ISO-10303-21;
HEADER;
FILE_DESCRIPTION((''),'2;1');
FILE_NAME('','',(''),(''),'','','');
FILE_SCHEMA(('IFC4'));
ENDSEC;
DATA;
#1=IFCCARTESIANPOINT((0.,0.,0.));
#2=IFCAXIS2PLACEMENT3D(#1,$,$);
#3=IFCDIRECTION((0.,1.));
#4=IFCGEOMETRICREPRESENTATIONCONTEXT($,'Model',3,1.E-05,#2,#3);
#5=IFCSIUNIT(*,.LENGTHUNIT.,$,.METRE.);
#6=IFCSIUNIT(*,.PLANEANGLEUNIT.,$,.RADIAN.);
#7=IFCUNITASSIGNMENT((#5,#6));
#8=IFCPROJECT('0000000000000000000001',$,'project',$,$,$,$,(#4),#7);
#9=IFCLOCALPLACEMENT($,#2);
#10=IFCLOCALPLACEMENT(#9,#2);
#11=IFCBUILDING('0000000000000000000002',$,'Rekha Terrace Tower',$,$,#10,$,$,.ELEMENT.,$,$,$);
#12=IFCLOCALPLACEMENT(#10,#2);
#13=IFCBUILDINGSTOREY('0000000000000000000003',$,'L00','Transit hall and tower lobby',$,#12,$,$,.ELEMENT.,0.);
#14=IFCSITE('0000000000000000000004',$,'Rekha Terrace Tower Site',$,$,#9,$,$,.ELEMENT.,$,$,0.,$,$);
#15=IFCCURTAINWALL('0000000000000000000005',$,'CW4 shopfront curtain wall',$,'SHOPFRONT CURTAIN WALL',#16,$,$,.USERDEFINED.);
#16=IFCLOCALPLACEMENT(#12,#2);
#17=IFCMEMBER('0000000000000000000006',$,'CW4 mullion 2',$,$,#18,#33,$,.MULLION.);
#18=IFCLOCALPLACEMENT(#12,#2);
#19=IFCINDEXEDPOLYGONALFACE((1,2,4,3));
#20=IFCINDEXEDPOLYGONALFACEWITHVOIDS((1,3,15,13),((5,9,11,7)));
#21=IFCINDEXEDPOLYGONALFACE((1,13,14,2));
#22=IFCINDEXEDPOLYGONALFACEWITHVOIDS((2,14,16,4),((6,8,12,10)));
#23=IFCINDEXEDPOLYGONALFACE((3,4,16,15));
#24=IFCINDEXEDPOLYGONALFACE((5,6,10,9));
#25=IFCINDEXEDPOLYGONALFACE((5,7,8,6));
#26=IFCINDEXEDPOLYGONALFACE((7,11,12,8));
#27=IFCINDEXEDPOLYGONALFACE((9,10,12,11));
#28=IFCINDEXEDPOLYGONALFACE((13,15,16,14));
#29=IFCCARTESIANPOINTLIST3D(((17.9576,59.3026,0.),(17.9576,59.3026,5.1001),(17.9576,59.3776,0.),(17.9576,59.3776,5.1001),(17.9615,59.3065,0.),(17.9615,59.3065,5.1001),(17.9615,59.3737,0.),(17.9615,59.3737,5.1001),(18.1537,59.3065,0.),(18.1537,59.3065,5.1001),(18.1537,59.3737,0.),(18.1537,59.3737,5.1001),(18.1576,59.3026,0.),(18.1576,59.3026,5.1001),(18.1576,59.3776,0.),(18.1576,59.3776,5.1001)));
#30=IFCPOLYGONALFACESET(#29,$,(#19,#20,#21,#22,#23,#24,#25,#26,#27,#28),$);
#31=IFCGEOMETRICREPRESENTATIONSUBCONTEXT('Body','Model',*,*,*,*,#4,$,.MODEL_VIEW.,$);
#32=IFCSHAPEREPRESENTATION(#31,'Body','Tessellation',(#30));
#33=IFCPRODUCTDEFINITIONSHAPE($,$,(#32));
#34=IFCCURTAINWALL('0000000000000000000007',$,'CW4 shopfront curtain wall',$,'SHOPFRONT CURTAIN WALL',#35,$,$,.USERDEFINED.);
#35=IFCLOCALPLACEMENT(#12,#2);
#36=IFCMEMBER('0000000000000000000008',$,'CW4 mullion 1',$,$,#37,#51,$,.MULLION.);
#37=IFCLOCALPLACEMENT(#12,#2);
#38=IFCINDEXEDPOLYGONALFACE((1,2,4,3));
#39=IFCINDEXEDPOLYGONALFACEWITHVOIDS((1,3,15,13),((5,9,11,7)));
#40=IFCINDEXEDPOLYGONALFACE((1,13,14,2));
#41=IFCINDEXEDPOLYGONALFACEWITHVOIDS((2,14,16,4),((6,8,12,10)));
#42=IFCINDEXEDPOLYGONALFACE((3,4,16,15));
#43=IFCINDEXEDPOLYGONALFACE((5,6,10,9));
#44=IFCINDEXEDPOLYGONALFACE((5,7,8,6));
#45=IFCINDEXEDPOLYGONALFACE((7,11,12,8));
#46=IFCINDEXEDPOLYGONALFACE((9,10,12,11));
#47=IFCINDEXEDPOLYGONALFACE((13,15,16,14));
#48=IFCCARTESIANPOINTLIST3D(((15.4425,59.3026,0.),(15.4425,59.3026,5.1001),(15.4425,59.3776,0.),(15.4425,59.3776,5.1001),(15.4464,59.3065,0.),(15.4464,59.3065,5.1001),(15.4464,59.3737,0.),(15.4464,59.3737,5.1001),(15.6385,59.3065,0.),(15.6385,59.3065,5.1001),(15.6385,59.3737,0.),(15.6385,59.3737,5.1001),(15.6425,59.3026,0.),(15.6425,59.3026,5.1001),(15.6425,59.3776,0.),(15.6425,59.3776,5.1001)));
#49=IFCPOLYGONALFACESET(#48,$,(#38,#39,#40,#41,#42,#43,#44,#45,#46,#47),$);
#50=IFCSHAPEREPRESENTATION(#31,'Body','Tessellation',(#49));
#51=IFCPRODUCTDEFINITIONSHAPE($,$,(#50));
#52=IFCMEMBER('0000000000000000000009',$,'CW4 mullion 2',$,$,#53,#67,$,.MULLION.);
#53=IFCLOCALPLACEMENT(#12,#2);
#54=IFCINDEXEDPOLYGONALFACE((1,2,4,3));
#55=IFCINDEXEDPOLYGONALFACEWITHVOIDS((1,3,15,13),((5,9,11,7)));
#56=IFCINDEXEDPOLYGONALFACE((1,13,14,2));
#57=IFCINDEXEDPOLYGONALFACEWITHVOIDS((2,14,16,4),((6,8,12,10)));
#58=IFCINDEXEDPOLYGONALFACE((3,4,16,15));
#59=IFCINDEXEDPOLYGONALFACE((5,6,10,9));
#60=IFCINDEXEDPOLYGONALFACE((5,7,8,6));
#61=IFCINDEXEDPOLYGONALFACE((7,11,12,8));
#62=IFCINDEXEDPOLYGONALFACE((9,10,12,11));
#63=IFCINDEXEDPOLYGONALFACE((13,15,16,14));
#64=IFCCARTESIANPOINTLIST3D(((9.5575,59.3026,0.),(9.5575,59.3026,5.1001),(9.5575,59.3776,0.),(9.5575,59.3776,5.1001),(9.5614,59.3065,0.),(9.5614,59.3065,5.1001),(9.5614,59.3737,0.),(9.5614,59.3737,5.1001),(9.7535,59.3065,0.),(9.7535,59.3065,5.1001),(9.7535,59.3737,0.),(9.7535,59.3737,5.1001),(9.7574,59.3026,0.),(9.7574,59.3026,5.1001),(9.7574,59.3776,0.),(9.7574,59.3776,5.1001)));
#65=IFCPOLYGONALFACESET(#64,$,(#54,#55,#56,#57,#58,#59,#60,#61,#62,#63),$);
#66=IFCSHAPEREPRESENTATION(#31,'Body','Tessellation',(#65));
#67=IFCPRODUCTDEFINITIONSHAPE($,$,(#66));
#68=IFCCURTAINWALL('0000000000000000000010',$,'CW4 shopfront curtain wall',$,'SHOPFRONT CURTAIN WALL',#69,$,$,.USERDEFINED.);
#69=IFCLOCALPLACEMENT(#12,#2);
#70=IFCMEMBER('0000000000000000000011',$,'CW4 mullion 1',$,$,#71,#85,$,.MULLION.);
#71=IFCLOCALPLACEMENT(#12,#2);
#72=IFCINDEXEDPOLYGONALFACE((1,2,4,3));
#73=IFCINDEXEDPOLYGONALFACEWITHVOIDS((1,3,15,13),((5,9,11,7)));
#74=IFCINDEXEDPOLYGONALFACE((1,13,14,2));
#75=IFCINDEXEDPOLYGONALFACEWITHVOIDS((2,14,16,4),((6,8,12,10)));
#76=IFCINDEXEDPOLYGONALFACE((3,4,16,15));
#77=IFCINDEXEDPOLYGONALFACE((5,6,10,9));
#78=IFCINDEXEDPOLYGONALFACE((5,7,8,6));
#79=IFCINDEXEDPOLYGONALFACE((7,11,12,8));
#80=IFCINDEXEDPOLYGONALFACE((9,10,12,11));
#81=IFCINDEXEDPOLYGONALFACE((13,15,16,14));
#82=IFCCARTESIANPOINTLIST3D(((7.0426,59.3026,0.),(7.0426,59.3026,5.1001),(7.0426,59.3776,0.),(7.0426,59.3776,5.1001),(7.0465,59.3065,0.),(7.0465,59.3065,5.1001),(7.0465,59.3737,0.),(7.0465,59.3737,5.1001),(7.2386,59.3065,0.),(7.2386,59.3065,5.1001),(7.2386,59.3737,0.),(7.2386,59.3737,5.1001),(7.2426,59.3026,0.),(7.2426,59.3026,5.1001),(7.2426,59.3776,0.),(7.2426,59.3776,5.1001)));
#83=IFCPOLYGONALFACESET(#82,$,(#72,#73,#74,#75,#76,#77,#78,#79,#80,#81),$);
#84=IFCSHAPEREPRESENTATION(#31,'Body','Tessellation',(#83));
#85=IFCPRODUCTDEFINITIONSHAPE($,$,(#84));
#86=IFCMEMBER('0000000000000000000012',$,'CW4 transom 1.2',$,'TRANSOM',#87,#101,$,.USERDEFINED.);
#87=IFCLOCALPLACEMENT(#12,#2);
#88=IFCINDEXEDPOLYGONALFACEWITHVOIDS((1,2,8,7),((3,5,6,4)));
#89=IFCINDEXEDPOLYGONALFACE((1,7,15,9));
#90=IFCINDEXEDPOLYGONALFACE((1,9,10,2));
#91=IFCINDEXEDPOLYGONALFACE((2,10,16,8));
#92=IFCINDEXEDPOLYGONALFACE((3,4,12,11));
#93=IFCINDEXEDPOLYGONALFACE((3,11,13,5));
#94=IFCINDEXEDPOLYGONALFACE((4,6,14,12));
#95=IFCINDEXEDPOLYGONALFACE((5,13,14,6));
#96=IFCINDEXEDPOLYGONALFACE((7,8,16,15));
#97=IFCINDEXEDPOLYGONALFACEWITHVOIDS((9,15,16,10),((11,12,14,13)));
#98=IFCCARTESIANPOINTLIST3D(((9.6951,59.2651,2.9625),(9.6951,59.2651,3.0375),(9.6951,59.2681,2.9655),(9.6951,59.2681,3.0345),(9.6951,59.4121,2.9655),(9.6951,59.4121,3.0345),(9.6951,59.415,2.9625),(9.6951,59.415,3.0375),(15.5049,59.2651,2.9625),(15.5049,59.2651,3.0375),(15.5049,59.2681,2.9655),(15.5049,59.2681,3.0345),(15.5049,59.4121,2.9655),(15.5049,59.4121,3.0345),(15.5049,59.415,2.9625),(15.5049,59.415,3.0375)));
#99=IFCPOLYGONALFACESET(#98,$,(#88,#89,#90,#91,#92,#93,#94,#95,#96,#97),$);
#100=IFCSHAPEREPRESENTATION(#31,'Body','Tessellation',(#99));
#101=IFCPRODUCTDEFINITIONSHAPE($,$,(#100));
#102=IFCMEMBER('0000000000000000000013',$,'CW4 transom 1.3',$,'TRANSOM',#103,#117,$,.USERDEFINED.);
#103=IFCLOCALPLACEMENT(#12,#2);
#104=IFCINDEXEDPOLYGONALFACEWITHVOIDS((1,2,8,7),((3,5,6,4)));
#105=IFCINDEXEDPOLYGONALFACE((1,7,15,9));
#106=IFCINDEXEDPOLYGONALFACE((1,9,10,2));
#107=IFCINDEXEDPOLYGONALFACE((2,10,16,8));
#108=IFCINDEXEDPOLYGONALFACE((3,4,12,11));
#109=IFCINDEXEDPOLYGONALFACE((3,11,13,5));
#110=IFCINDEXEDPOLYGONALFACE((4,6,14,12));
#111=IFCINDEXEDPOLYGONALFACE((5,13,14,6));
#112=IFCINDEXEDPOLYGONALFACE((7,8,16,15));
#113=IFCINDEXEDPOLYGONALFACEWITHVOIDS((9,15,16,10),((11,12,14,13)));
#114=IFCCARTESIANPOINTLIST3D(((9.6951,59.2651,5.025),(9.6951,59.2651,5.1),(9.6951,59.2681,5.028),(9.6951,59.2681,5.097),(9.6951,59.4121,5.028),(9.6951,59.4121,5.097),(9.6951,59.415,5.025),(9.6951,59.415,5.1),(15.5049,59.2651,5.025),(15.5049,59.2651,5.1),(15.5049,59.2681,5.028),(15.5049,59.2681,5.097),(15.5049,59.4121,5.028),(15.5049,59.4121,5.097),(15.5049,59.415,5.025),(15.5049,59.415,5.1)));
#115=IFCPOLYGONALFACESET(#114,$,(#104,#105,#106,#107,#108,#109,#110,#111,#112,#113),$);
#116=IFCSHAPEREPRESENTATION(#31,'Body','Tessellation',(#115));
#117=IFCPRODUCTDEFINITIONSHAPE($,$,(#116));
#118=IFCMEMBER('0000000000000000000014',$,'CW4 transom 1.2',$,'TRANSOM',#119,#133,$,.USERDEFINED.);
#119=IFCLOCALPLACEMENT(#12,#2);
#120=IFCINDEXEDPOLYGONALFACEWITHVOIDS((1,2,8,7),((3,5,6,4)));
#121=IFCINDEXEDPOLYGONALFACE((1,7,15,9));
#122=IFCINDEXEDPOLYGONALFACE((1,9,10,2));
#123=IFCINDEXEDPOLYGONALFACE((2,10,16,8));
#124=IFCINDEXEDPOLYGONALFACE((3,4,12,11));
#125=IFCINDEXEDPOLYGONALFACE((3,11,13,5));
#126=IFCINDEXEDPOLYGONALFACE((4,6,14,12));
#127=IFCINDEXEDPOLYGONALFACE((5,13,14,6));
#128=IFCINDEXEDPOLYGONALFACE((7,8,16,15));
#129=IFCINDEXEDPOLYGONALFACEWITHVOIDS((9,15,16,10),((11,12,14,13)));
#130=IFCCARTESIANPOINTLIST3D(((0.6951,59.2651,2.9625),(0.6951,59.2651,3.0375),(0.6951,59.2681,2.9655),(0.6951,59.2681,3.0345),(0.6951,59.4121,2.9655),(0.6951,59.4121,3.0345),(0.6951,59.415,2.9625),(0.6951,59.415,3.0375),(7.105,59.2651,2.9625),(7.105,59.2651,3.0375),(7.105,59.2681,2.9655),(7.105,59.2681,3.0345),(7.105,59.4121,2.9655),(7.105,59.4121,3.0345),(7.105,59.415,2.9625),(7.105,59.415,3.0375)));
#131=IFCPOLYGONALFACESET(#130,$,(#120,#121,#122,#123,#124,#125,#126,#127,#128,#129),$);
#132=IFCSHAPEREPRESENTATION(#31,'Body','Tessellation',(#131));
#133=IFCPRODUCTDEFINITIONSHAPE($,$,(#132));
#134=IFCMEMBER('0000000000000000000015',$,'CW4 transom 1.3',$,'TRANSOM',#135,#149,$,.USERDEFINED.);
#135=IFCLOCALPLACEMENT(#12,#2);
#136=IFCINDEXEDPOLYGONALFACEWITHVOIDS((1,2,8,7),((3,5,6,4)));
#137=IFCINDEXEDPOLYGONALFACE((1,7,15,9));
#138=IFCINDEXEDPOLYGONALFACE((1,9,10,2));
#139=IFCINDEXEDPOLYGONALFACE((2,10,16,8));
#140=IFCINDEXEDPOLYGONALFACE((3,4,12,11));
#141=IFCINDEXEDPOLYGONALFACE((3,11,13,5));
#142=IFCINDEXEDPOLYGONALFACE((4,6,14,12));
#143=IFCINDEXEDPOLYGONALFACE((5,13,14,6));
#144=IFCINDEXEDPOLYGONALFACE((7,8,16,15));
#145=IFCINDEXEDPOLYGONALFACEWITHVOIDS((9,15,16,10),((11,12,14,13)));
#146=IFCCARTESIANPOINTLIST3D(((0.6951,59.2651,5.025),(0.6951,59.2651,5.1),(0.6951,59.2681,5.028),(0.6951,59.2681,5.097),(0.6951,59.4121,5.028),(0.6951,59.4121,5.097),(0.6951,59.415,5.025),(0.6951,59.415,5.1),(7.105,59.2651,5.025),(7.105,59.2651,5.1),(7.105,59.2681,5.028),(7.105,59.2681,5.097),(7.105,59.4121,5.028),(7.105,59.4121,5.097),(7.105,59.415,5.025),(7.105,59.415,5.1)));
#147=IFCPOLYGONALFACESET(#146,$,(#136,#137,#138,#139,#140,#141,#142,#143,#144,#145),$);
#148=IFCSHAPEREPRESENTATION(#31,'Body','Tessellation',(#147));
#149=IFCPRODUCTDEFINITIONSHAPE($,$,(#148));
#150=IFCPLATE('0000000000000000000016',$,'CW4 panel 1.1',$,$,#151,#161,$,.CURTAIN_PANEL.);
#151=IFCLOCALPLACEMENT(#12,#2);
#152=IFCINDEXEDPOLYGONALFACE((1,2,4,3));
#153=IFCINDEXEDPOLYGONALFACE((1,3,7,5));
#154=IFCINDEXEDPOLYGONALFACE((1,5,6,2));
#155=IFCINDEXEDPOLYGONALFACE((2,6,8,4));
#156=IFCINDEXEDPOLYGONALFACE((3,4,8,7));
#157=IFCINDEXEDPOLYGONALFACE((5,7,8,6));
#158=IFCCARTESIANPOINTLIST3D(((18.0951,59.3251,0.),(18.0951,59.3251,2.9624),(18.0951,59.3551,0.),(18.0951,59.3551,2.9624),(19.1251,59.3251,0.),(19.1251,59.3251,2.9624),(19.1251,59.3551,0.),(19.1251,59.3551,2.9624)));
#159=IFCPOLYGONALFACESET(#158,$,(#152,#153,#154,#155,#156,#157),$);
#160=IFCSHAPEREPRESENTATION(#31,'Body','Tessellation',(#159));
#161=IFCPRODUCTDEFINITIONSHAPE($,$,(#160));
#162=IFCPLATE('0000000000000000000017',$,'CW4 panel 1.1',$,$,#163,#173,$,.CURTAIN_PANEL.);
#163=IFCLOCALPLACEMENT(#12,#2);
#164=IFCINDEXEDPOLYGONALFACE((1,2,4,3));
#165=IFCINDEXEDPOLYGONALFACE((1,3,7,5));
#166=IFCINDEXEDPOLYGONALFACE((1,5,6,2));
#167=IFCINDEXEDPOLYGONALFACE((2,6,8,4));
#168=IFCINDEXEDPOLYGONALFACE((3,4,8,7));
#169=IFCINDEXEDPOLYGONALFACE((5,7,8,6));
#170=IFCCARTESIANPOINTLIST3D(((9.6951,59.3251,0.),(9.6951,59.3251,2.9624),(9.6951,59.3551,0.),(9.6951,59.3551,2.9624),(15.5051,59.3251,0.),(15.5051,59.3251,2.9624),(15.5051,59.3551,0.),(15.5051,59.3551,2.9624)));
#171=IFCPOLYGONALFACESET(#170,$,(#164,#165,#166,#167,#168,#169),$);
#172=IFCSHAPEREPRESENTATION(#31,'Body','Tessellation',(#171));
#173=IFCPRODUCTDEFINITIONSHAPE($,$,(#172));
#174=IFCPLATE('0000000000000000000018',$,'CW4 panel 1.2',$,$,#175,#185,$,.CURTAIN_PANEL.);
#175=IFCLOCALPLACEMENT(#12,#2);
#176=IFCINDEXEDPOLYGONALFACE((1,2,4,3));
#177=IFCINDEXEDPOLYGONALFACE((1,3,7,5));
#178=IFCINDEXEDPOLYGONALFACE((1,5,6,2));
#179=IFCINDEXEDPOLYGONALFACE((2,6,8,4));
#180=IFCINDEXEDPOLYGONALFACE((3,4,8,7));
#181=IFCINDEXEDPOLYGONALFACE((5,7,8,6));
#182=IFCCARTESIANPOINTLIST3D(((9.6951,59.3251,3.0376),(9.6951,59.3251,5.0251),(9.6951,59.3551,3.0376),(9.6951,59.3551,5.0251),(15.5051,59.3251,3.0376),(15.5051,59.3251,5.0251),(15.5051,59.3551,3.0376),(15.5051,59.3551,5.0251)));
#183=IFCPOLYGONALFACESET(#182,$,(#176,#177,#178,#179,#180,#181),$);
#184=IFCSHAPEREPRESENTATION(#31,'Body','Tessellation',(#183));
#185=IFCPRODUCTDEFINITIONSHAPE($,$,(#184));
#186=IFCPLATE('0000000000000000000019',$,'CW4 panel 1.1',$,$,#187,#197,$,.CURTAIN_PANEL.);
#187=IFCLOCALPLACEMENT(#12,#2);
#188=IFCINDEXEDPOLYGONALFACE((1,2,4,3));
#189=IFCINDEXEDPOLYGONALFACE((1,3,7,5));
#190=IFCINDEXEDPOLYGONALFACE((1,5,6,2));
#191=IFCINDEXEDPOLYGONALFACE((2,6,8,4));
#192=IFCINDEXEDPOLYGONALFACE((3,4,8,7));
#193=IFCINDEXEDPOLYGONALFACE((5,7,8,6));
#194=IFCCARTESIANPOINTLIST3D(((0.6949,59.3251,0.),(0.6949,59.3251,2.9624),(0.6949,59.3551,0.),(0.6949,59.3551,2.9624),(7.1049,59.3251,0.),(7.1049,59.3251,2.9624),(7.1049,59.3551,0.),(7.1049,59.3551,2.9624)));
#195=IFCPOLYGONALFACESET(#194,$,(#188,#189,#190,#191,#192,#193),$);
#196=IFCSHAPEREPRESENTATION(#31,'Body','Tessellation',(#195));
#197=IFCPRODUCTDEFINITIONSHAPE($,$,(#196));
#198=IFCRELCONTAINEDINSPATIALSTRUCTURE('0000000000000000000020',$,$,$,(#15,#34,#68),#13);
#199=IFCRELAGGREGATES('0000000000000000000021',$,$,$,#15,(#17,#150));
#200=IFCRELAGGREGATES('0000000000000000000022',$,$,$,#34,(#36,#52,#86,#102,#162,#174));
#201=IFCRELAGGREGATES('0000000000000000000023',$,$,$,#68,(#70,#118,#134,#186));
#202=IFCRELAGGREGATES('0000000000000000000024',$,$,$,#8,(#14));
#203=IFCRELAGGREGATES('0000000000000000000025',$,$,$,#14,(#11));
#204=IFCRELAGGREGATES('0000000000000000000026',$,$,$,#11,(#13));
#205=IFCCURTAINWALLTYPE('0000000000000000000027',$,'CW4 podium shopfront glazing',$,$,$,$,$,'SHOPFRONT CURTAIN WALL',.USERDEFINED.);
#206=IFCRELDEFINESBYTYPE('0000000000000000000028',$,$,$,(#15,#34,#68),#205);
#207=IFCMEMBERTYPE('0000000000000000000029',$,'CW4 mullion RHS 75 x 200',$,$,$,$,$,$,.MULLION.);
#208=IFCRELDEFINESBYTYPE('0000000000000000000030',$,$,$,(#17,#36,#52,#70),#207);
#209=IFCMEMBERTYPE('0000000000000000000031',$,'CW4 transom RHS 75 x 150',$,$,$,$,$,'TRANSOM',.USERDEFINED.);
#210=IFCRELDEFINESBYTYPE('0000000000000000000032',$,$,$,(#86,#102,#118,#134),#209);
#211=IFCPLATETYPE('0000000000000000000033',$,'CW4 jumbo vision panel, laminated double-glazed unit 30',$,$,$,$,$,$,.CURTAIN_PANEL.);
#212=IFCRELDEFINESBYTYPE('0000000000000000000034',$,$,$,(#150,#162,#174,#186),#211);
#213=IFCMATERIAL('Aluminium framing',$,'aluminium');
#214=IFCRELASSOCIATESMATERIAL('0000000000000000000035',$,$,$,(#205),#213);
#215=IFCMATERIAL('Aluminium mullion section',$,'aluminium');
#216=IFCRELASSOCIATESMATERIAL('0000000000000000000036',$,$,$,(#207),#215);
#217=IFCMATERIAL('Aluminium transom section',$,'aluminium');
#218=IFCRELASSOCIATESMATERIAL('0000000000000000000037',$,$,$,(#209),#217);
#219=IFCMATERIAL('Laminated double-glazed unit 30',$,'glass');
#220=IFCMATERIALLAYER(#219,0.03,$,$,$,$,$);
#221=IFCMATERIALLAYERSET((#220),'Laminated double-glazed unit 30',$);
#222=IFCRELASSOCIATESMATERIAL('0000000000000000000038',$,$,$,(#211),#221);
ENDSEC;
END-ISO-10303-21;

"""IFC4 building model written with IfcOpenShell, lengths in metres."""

from ifc_helpers import new_model, si_unit, direction, frame, origin, origin_2d, place, context, subcontext, project, spatial, rectangle, hollow_rectangle, extrude, material, layer, layer_set, material_profile, profile_set, type_object, element, aggregate, save


model = new_model("IFC4")

# Units and contexts
model_context = context("Model", 3, precision=1e-05, world=origin(), true_north=direction((0.0, 1.0)))
body_context = subcontext(model_context, "Body", "Model", "MODEL_VIEW")
ifc_project = project(units=[si_unit("LENGTHUNIT", "METRE"), si_unit("PLANEANGLEUNIT", "RADIAN")], contexts=[model_context])

# Site, building, storey
site_placement = place(None, origin())
site = spatial("IfcSite", under=ifc_project, at=site_placement, Name="Rekha Terrace Tower Site", CompositionType="ELEMENT", RefElevation=0.0)
building_placement = place(site_placement, origin())
building = spatial("IfcBuilding", under=site, at=building_placement, Name="Rekha Terrace Tower", CompositionType="ELEMENT")
storey_placement = place(building_placement, origin())
storey = spatial("IfcBuildingStorey", under=building, at=storey_placement, Name="L00", Description="Transit hall and tower lobby", CompositionType="ELEMENT", Elevation=0.0)

# Curtain wall, member
ifc_material_1 = material(Name="Aluminium framing", Category="aluminium")
curtain_wall_type = type_object("IfcCurtainWallType", Name="CW4 podium shopfront glazing", ElementType="SHOPFRONT CURTAIN WALL", PredefinedType="USERDEFINED", material=ifc_material_1)
curtain_wall_1_placement = place(storey_placement, origin())
curtain_wall_1 = element("IfcCurtainWall", 1, at=curtain_wall_1_placement, inside=storey, type_object=curtain_wall_type, Name="CW4 shopfront curtain wall", ObjectType="SHOPFRONT CURTAIN WALL", PredefinedType="USERDEFINED")
ifc_material_2 = material(Name="Aluminium mullion section", Category="aluminium")
ifc_material_profile_1 = material_profile(ifc_material_2, hollow_rectangle(XDim=0.075, YDim=0.2, WallThickness=0.0039, at=origin_2d()), Name="AL RHS 75x200")
ifc_profile_set_1 = profile_set([ifc_material_profile_1], Name="Aluminium mullion section")
member_type_1 = type_object("IfcMemberType", Name="CW4 mullion RHS 75 x 200", PredefinedType="MULLION", material=ifc_profile_set_1)
member_1_placement = place(storey_placement, frame((18.0576, 59.3401, 0.0), z_axis=(0.0, 0.0, 1.0), x_axis=(0.0, -1.0, 0.0)))
member_1 = element("IfcMember", 2, at=member_1_placement, type_object=member_type_1, Name="CW4 mullion 2", PredefinedType="MULLION", context=body_context, shape_type="SweptSolid", body=[
    extrude(hollow_rectangle(XDim=0.075, YDim=0.2, WallThickness=0.0039, at=origin_2d()), origin(), (0.0, 0.0, 1.0), 5.1001),
])

# Curtain wall, members
curtain_wall_2_placement = place(storey_placement, origin())
curtain_wall_2 = element("IfcCurtainWall", 3, at=curtain_wall_2_placement, inside=storey, type_object=curtain_wall_type, Name="CW4 shopfront curtain wall", ObjectType="SHOPFRONT CURTAIN WALL", PredefinedType="USERDEFINED")
member_2_placement = place(storey_placement, frame((15.5425, 59.3401, 0.0), z_axis=(0.0, 0.0, 1.0), x_axis=(0.0, -1.0, 0.0)))
member_2 = element("IfcMember", 4, at=member_2_placement, type_object=member_type_1, Name="CW4 mullion 1", PredefinedType="MULLION", context=body_context, shape_type="SweptSolid", body=[
    extrude(hollow_rectangle(XDim=0.075, YDim=0.2, WallThickness=0.0039, at=origin_2d()), origin(), (0.0, 0.0, 1.0), 5.1001),
])
member_3_placement = place(storey_placement, frame((9.6575, 59.3401, 0.0), z_axis=(0.0, 0.0, 1.0), x_axis=(0.0, -1.0, 0.0)))
member_3 = element("IfcMember", 5, at=member_3_placement, type_object=member_type_1, Name="CW4 mullion 2", PredefinedType="MULLION", context=body_context, shape_type="SweptSolid", body=[
    extrude(hollow_rectangle(XDim=0.075, YDim=0.2, WallThickness=0.0039, at=origin_2d()), origin(), (0.0, 0.0, 1.0), 5.1001),
])

# Curtain wall, member
curtain_wall_3_placement = place(storey_placement, origin())
curtain_wall_3 = element("IfcCurtainWall", 6, at=curtain_wall_3_placement, inside=storey, type_object=curtain_wall_type, Name="CW4 shopfront curtain wall", ObjectType="SHOPFRONT CURTAIN WALL", PredefinedType="USERDEFINED")
member_4_placement = place(storey_placement, frame((7.1426, 59.3401, 0.0), z_axis=(0.0, 0.0, 1.0), x_axis=(0.0, -1.0, 0.0)))
member_4 = element("IfcMember", 7, at=member_4_placement, type_object=member_type_1, Name="CW4 mullion 1", PredefinedType="MULLION", context=body_context, shape_type="SweptSolid", body=[
    extrude(hollow_rectangle(XDim=0.075, YDim=0.2, WallThickness=0.0039, at=origin_2d()), origin(), (0.0, 0.0, 1.0), 5.1001),
])

# Members
ifc_material_3 = material(Name="Aluminium transom section", Category="aluminium")
ifc_material_profile_2 = material_profile(ifc_material_3, hollow_rectangle(XDim=0.1499, YDim=0.075, WallThickness=0.0029, at=origin_2d()), Name="AL RHS 150x75")
ifc_profile_set_2 = profile_set([ifc_material_profile_2], Name="Aluminium transom section")
member_type_2 = type_object("IfcMemberType", Name="CW4 transom RHS 75 x 150", ElementType="TRANSOM", PredefinedType="USERDEFINED", material=ifc_profile_set_2)
member_5_placement = place(storey_placement, frame((15.5049, 59.3401, 3.0), z_axis=(-1.0, 0.0, 0.0), x_axis=(0.0, -1.0, 0.0)))
member_5 = element("IfcMember", 8, at=member_5_placement, type_object=member_type_2, Name="CW4 transom 1.2", ObjectType="TRANSOM", PredefinedType="USERDEFINED", context=body_context, shape_type="SweptSolid", body=[
    extrude(hollow_rectangle(XDim=0.1499, YDim=0.075, WallThickness=0.0029, at=origin_2d()), origin(), (0.0, 0.0, 1.0), 5.8098),
])
member_6_placement = place(storey_placement, frame((15.5049, 59.3401, 5.0625), z_axis=(-1.0, 0.0, 0.0), x_axis=(0.0, -1.0, 0.0)))
member_6 = element("IfcMember", 9, at=member_6_placement, type_object=member_type_2, Name="CW4 transom 1.3", ObjectType="TRANSOM", PredefinedType="USERDEFINED", context=body_context, shape_type="SweptSolid", body=[
    extrude(hollow_rectangle(XDim=0.1499, YDim=0.075, WallThickness=0.0029, at=origin_2d()), origin(), (0.0, 0.0, 1.0), 5.8098),
])
member_7_placement = place(storey_placement, frame((7.105, 59.3401, 3.0), z_axis=(-1.0, 0.0, 0.0), x_axis=(0.0, -1.0, 0.0)))
member_7 = element("IfcMember", 10, at=member_7_placement, type_object=member_type_2, Name="CW4 transom 1.2", ObjectType="TRANSOM", PredefinedType="USERDEFINED", context=body_context, shape_type="SweptSolid", body=[
    extrude(hollow_rectangle(XDim=0.1499, YDim=0.075, WallThickness=0.0029, at=origin_2d()), origin(), (0.0, 0.0, 1.0), 6.4099),
])
member_8_placement = place(storey_placement, frame((7.105, 59.3401, 5.0625), z_axis=(-1.0, 0.0, 0.0), x_axis=(0.0, -1.0, 0.0)))
member_8 = element("IfcMember", 11, at=member_8_placement, type_object=member_type_2, Name="CW4 transom 1.3", ObjectType="TRANSOM", PredefinedType="USERDEFINED", context=body_context, shape_type="SweptSolid", body=[
    extrude(hollow_rectangle(XDim=0.1499, YDim=0.075, WallThickness=0.0029, at=origin_2d()), origin(), (0.0, 0.0, 1.0), 6.4099),
])

# Plates
ifc_material_4 = material(Name="Laminated double-glazed unit 30", Category="glass")
ifc_layer_1 = layer(ifc_material_4, 0.03)
ifc_layer_set_1 = layer_set([ifc_layer_1], Name="Laminated double-glazed unit 30")
plate_type = type_object("IfcPlateType", Name="CW4 jumbo vision panel, laminated double-glazed unit 30", PredefinedType="CURTAIN_PANEL", material=ifc_layer_set_1)
plate_1_placement = place(storey_placement, frame((18.6101, 59.3401, 0.0), z_axis=(0.0, 0.0, 1.0), x_axis=(-1.0, 0.0, 0.0)))
plate_1 = element("IfcPlate", 12, at=plate_1_placement, type_object=plate_type, Name="CW4 panel 1.1", PredefinedType="CURTAIN_PANEL", context=body_context, shape_type="SweptSolid", body=[
    extrude(rectangle(XDim=1.03, YDim=0.03, at=origin_2d()), origin(), (0.0, 0.0, 1.0), 2.9624),
])
aggregate(curtain_wall_1, [member_1, plate_1])
plate_2_placement = place(storey_placement, frame((12.6001, 59.3401, 0.0), z_axis=(0.0, 0.0, 1.0), x_axis=(-1.0, 0.0, 0.0)))
plate_2 = element("IfcPlate", 13, at=plate_2_placement, type_object=plate_type, Name="CW4 panel 1.1", PredefinedType="CURTAIN_PANEL", context=body_context, shape_type="SweptSolid", body=[
    extrude(rectangle(XDim=5.8101, YDim=0.03, at=origin_2d()), origin(), (0.0, 0.0, 1.0), 2.9624),
])
plate_3_placement = place(storey_placement, frame((12.6001, 59.3401, 3.0376), z_axis=(0.0, 0.0, 1.0), x_axis=(-1.0, 0.0, 0.0)))
plate_3 = element("IfcPlate", 14, at=plate_3_placement, type_object=plate_type, Name="CW4 panel 1.2", PredefinedType="CURTAIN_PANEL", context=body_context, shape_type="SweptSolid", body=[
    extrude(rectangle(XDim=5.8101, YDim=0.03, at=origin_2d()), origin(), (0.0, 0.0, 1.0), 1.9875),
])
aggregate(curtain_wall_2, [member_2, member_3, member_5, member_6, plate_2, plate_3])
plate_4_placement = place(storey_placement, frame((3.8999, 59.3401, 0.0), z_axis=(0.0, 0.0, 1.0), x_axis=(-1.0, 0.0, 0.0)))
plate_4 = element("IfcPlate", 15, at=plate_4_placement, type_object=plate_type, Name="CW4 panel 1.1", PredefinedType="CURTAIN_PANEL", context=body_context, shape_type="SweptSolid", body=[
    extrude(rectangle(XDim=6.4099, YDim=0.03, at=origin_2d()), origin(), (0.0, 0.0, 1.0), 2.9624),
])
aggregate(curtain_wall_3, [member_4, member_7, member_8, plate_4])

save(model, "model.ifc")
